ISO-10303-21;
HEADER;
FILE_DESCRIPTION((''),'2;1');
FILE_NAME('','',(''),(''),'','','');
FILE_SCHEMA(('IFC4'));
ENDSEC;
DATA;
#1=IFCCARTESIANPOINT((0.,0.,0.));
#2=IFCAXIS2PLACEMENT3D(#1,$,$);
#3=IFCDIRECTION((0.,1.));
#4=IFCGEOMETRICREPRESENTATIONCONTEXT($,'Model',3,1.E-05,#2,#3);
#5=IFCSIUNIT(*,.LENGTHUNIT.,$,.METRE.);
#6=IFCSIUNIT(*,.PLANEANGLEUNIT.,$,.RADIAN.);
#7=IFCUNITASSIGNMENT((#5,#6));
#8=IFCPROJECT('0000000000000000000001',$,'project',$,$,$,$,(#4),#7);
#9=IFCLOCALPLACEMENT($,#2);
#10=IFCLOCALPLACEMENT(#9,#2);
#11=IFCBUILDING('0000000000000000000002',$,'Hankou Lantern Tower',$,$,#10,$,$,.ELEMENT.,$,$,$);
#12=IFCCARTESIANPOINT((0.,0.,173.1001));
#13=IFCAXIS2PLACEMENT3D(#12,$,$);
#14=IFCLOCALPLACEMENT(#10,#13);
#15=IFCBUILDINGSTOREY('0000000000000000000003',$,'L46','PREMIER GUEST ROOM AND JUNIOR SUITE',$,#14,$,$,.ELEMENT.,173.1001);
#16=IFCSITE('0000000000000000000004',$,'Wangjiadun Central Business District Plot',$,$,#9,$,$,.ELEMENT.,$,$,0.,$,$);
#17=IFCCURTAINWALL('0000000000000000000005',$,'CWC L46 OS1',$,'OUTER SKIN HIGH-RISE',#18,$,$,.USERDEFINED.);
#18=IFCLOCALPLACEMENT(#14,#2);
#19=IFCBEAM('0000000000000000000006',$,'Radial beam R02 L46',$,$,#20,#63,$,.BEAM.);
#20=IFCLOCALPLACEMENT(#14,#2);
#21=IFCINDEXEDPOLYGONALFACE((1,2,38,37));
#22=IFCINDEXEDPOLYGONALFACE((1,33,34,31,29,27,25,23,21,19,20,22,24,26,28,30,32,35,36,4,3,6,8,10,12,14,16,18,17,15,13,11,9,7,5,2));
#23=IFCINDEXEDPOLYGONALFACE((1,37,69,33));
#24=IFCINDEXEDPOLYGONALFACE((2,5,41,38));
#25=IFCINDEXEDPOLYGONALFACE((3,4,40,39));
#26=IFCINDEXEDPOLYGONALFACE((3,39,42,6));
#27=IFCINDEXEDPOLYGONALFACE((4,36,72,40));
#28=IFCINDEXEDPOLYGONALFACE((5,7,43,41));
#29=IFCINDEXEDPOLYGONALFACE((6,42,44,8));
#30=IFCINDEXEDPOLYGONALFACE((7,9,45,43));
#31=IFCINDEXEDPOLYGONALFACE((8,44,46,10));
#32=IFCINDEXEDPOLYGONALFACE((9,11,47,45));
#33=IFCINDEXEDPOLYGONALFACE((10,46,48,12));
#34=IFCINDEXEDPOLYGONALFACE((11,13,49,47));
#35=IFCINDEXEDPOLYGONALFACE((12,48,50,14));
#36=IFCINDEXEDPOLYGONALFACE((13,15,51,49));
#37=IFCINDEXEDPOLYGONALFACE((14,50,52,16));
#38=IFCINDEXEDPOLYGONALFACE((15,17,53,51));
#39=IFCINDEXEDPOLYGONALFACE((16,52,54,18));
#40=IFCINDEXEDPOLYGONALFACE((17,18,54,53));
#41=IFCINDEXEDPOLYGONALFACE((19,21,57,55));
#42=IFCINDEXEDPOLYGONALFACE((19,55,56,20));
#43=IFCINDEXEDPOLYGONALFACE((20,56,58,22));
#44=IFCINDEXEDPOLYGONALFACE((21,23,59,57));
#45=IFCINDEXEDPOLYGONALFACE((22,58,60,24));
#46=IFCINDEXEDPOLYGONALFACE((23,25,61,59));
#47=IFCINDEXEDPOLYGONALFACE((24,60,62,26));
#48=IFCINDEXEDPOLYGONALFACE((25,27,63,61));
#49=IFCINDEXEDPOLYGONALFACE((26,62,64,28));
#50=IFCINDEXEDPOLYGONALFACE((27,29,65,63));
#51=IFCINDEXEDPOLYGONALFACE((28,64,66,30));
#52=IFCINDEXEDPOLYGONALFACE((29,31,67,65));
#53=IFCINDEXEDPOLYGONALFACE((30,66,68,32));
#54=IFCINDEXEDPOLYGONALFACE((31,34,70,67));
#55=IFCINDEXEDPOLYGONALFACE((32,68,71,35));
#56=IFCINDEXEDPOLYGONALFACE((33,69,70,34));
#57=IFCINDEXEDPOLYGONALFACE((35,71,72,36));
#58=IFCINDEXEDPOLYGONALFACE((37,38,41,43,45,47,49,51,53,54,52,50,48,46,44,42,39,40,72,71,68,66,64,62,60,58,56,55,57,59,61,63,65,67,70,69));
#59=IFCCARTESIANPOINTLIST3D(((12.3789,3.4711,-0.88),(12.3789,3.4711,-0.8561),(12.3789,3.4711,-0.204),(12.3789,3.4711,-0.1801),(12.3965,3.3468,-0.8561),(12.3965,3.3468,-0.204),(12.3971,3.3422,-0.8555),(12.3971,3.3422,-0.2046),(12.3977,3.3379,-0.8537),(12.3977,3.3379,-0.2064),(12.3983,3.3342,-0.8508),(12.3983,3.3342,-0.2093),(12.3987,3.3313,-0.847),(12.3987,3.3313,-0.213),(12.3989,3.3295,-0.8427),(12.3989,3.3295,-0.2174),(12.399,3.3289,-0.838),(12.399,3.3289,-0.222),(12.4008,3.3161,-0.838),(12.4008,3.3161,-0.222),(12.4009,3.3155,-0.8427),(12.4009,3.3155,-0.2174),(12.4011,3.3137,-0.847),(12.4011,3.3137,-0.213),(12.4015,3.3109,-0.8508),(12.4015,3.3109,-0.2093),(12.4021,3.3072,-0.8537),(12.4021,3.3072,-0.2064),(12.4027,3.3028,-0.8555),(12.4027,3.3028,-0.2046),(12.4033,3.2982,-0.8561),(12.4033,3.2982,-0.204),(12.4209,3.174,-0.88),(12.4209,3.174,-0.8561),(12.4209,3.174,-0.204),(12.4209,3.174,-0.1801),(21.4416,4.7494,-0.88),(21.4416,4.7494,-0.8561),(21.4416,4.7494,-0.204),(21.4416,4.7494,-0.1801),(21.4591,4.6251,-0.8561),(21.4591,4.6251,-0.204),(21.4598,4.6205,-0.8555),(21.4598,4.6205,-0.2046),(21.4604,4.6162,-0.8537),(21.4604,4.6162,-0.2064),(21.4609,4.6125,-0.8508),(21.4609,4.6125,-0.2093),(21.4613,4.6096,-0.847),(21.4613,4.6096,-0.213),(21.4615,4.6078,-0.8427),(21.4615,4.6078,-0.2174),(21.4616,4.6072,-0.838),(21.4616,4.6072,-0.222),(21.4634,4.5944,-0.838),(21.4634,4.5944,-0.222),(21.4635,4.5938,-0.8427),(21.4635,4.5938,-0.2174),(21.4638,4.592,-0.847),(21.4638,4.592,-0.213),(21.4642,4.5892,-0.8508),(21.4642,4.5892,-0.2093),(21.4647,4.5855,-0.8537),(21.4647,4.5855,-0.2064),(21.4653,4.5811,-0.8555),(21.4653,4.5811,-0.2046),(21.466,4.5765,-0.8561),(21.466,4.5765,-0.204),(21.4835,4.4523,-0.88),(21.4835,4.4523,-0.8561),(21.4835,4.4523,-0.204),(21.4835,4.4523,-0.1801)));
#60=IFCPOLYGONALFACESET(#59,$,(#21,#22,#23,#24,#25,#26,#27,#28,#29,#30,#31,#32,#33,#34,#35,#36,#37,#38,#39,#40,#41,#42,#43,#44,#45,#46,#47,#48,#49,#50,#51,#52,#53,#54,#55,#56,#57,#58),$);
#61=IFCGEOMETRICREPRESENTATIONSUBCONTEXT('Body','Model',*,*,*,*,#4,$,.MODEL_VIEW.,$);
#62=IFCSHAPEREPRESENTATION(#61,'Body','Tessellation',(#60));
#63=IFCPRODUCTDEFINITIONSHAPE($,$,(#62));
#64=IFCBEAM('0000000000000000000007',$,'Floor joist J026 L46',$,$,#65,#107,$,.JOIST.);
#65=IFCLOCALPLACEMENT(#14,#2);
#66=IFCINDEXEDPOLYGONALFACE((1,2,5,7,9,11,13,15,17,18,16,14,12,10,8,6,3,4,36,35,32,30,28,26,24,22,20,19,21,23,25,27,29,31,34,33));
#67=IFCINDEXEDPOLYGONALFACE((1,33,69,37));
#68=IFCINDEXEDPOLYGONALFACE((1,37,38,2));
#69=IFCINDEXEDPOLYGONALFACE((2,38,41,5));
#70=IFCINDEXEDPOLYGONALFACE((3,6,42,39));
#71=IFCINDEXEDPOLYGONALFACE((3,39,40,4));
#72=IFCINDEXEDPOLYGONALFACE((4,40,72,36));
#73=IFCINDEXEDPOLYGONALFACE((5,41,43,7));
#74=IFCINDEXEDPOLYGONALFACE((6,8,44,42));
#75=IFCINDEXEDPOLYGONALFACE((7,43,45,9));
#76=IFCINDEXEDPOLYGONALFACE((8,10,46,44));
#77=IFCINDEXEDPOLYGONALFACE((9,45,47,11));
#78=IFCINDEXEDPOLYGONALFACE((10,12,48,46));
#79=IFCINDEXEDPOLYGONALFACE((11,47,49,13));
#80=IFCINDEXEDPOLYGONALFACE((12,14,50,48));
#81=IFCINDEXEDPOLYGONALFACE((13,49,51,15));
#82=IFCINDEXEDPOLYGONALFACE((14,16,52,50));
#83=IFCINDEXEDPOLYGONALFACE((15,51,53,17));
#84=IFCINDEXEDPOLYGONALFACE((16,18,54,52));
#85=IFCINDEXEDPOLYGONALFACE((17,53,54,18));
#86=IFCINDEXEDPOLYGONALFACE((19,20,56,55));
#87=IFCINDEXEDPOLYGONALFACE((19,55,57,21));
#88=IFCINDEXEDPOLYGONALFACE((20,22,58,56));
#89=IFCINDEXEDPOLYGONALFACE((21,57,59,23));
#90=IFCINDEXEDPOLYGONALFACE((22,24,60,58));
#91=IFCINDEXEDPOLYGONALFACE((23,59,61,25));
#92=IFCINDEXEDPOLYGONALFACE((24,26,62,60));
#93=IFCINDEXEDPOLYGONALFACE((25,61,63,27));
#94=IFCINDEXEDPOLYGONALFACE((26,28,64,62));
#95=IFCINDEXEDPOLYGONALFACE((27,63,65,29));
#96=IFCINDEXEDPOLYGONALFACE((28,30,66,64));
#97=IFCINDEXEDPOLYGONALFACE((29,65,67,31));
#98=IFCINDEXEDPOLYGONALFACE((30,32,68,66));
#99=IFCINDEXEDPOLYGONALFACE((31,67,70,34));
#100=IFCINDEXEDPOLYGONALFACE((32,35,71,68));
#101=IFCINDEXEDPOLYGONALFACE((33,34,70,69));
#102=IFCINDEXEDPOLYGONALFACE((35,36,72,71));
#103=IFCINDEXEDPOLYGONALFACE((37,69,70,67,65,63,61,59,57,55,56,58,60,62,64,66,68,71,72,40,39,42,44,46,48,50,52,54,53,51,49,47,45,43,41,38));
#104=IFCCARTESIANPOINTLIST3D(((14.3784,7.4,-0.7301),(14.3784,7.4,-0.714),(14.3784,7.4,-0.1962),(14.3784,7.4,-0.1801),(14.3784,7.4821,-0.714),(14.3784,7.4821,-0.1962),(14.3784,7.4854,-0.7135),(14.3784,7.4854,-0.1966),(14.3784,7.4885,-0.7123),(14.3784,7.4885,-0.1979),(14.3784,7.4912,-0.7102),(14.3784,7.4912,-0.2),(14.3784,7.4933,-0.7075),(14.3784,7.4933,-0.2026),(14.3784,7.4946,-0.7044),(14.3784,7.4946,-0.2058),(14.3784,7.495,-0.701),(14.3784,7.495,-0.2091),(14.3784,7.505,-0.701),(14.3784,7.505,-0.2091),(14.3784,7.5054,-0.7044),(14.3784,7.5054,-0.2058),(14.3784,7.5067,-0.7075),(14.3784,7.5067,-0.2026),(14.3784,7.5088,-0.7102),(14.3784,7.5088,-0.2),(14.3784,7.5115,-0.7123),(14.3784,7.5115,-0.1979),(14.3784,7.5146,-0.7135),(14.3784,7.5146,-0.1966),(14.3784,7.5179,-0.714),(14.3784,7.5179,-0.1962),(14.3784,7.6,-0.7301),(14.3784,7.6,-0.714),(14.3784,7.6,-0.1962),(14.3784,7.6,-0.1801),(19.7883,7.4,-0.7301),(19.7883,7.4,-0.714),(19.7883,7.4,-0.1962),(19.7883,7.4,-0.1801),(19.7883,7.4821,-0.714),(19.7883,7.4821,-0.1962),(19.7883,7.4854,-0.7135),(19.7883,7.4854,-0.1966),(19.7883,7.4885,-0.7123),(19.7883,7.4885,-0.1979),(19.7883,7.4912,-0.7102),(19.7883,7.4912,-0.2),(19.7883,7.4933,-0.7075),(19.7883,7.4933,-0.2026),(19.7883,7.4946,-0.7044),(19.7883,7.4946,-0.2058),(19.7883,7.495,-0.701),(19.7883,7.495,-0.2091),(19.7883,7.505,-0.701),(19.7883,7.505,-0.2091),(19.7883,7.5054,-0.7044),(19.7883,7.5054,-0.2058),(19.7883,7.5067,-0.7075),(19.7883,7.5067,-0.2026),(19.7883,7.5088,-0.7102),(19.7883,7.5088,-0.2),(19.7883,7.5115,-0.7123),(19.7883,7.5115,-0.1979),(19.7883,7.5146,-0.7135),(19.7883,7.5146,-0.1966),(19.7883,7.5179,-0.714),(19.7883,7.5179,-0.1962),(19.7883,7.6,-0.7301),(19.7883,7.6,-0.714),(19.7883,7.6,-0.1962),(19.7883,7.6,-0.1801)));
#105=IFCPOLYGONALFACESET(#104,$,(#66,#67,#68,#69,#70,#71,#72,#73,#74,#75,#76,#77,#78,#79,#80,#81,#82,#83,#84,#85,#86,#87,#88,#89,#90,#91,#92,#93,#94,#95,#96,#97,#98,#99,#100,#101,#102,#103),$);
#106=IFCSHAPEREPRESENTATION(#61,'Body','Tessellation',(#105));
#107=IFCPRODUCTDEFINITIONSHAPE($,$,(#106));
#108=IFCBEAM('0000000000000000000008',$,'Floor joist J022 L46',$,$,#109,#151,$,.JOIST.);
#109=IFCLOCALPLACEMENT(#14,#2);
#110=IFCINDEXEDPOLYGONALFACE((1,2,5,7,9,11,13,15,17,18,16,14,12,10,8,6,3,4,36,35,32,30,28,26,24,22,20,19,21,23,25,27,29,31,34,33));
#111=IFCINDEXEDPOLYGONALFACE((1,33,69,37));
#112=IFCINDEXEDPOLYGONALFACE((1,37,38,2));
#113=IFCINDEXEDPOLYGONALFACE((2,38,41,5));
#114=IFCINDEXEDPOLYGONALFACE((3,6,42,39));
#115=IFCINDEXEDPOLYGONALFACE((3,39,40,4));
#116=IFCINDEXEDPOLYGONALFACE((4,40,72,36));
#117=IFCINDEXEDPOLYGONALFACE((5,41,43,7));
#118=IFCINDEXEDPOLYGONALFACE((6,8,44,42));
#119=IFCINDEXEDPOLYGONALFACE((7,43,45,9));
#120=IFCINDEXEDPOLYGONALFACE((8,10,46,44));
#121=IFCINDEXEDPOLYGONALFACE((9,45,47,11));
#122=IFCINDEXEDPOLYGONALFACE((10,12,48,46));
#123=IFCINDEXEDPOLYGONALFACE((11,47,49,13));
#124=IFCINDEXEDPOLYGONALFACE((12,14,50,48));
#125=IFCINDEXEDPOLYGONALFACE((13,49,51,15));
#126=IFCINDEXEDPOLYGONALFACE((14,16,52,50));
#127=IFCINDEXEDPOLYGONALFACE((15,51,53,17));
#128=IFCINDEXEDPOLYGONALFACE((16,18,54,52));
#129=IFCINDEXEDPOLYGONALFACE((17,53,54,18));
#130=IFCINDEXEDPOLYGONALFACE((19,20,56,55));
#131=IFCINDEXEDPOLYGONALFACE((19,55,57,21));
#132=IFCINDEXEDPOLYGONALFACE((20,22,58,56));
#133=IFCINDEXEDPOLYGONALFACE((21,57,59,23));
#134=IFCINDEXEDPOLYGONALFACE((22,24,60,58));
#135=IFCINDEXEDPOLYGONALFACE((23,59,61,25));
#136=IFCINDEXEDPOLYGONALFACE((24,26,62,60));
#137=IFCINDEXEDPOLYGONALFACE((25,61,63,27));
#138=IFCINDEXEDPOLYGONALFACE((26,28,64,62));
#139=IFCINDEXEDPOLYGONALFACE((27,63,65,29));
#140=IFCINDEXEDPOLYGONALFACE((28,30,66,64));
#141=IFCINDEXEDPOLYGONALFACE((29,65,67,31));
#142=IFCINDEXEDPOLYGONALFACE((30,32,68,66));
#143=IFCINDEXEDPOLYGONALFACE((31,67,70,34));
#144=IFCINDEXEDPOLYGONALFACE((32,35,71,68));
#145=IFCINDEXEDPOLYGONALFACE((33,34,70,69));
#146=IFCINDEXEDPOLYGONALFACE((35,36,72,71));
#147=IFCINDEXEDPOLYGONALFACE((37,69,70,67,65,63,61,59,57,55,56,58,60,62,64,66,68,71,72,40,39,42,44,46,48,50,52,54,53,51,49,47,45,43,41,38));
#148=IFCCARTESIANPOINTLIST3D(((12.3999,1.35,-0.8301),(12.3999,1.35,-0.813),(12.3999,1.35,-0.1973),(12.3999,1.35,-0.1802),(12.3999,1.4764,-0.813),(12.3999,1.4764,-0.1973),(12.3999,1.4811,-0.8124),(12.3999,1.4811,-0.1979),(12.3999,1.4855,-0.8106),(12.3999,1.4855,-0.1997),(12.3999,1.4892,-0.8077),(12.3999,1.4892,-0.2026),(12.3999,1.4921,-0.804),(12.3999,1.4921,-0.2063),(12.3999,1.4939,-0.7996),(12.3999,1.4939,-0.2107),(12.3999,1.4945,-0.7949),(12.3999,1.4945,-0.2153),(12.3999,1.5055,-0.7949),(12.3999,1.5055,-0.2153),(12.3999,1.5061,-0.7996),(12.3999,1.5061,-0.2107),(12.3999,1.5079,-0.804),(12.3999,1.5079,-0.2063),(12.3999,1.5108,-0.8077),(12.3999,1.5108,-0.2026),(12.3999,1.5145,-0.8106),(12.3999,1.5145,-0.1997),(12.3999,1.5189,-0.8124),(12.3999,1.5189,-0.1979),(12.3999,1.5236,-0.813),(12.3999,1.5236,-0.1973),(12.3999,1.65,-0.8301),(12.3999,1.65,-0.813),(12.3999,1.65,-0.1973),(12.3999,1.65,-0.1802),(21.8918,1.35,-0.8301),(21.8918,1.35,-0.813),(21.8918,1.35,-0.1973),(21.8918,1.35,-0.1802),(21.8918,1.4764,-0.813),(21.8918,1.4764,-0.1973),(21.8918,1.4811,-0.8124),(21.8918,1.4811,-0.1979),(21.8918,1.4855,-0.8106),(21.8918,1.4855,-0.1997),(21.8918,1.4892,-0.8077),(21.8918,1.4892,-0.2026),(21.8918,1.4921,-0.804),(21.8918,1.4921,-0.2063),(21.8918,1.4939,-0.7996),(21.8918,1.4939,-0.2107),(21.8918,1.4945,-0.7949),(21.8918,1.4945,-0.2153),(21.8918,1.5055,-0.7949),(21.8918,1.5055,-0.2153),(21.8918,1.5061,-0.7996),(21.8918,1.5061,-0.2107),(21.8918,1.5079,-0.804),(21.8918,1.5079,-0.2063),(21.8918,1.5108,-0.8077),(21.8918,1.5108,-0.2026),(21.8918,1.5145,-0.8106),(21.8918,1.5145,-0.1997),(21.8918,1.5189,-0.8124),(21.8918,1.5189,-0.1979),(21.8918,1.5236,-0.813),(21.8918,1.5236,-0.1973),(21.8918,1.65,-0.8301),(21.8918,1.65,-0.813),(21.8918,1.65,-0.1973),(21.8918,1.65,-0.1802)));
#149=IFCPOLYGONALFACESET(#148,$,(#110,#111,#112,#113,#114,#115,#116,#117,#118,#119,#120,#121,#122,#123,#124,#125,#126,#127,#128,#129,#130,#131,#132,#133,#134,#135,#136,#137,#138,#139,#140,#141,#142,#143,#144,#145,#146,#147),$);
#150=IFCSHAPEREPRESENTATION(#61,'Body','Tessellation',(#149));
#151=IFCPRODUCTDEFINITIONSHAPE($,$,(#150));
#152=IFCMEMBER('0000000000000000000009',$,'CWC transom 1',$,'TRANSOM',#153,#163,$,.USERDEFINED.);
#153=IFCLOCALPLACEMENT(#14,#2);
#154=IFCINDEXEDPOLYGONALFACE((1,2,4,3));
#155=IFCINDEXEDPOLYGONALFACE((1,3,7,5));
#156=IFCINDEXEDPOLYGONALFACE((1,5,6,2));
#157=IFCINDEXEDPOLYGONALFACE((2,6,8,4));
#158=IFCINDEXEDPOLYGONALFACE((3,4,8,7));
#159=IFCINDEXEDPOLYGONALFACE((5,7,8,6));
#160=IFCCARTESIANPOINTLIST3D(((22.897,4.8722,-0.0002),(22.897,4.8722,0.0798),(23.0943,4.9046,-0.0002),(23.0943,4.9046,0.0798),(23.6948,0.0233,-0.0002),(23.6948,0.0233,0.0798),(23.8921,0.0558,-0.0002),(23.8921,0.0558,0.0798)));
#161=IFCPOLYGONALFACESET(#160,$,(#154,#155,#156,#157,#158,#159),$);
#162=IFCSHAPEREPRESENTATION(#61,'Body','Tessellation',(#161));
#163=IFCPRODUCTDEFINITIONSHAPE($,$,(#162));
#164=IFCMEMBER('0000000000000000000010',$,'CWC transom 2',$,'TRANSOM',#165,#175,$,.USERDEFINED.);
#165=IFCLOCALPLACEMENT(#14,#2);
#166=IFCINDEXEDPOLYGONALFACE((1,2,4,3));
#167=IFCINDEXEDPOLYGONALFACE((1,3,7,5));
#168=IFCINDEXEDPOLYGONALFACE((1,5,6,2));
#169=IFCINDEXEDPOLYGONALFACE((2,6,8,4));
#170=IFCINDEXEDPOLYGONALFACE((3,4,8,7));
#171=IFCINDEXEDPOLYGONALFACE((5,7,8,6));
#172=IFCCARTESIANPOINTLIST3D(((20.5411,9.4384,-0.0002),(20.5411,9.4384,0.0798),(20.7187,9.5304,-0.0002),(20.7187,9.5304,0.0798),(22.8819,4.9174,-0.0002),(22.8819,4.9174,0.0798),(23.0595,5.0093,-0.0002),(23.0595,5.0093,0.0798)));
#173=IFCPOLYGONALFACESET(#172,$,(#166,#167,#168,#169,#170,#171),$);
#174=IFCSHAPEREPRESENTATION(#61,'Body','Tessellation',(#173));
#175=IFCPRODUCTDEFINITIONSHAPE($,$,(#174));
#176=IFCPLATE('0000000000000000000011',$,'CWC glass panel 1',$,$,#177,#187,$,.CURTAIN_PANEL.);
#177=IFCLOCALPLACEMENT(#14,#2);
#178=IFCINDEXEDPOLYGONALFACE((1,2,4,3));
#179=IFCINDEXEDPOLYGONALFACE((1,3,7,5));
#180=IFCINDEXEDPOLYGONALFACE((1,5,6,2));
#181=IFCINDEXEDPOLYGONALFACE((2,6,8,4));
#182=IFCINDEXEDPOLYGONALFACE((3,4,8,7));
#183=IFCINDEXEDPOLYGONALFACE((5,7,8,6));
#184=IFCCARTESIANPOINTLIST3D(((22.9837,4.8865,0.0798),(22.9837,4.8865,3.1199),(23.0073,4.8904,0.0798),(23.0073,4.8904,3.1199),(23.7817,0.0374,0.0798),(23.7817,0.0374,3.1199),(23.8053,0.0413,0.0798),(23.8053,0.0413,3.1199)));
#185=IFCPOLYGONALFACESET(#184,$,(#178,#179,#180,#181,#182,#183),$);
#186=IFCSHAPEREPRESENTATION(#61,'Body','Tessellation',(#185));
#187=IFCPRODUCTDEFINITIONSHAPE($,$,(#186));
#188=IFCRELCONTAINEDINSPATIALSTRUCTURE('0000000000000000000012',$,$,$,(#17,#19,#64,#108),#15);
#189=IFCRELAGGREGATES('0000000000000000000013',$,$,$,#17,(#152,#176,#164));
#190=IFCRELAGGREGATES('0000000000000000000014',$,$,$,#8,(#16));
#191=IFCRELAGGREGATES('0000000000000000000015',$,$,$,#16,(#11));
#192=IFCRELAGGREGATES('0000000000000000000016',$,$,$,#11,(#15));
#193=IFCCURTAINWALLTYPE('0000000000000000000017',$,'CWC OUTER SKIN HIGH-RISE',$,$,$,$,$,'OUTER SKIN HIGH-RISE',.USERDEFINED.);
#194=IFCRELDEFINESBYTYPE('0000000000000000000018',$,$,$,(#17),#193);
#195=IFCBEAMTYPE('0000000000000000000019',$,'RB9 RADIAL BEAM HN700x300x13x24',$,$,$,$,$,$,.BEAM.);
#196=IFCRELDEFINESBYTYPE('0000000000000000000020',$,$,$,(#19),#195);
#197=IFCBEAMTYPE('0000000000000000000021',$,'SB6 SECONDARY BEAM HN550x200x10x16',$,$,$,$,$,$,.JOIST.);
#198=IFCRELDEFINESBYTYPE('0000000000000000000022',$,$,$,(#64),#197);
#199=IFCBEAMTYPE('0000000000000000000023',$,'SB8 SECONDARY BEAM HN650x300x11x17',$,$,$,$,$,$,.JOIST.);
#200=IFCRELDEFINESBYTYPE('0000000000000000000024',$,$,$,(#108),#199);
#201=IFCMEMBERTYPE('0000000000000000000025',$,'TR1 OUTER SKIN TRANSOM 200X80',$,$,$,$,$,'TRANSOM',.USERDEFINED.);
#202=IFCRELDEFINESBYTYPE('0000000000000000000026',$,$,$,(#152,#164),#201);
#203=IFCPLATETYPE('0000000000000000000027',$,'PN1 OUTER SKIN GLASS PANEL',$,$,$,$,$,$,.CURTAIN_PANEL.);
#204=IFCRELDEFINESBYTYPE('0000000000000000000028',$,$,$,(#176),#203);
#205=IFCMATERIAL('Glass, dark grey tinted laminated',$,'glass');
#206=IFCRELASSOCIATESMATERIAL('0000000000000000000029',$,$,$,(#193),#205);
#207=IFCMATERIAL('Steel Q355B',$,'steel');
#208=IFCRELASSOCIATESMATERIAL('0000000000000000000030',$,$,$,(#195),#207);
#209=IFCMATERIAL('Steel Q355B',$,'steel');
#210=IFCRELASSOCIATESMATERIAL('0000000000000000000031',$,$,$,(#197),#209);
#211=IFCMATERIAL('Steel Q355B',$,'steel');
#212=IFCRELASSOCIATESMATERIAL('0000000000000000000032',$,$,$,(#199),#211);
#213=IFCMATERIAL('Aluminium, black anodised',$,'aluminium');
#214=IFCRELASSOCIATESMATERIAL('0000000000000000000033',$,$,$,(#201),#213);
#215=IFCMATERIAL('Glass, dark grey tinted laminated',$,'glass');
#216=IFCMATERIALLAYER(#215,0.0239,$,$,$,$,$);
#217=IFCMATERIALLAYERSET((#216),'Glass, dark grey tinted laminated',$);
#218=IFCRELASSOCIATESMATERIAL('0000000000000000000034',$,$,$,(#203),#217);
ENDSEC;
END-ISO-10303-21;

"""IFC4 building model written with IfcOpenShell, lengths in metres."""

from ifc_helpers import new_model, si_unit, direction, frame, origin, origin_2d, place, context, subcontext, project, spatial, rectangle, i_section, extrude, material, layer, layer_set, material_profile, profile_set, type_object, element, aggregate, save


model = new_model("IFC4")

# Units and contexts
model_context = context("Model", 3, precision=1e-05, world=origin(), true_north=direction((0.0, 1.0)))
body_context = subcontext(model_context, "Body", "Model", "MODEL_VIEW")
ifc_project = project(units=[si_unit("LENGTHUNIT", "METRE"), si_unit("PLANEANGLEUNIT", "RADIAN")], contexts=[model_context])

# Site, building, storey
site_placement = place(None, origin())
site = spatial("IfcSite", under=ifc_project, at=site_placement, Name="Wangjiadun Central Business District Plot", CompositionType="ELEMENT", RefElevation=0.0)
building_placement = place(site_placement, origin())
building = spatial("IfcBuilding", under=site, at=building_placement, Name="Hankou Lantern Tower", CompositionType="ELEMENT")
storey_placement = place(building_placement, frame((0.0, 0.0, 173.1001)))
storey = spatial("IfcBuildingStorey", under=building, at=storey_placement, Name="L46", Description="PREMIER GUEST ROOM AND JUNIOR SUITE", CompositionType="ELEMENT", Elevation=173.1001)

# Curtain wall
ifc_material_1 = material(Name="Glass, dark grey tinted laminated", Category="glass")
curtain_wall_type = type_object("IfcCurtainWallType", Name="CWC OUTER SKIN HIGH-RISE", ElementType="OUTER SKIN HIGH-RISE", PredefinedType="USERDEFINED", material=ifc_material_1)
curtain_wall_placement = place(storey_placement, origin())
curtain_wall = element("IfcCurtainWall", 1, at=curtain_wall_placement, inside=storey, type_object=curtain_wall_type, Name="CWC L46 OS1", ObjectType="OUTER SKIN HIGH-RISE", PredefinedType="USERDEFINED")

# Beams
ifc_material_2 = material(Name="Steel Q355B", Category="steel")
ifc_material_profile_1 = material_profile(ifc_material_2, i_section(OverallWidth=0.3, OverallDepth=0.7, WebThickness=0.0129, FlangeThickness=0.0239, FilletRadius=0.0181, at=origin_2d()), Name="HN700x300x13x24")
ifc_profile_set_1 = profile_set([ifc_material_profile_1], Name="Steel Q355B")
beam_type_1 = type_object("IfcBeamType", Name="RB9 RADIAL BEAM HN700x300x13x24", PredefinedType="BEAM", material=ifc_profile_set_1)
beam_1_placement = place(storey_placement, frame((12.3999, 3.3225, -0.53), z_axis=(0.990198, 0.13967, 0.0), x_axis=(-0.13967, 0.990198, 0.0)))
element("IfcBeam", 2, at=beam_1_placement, inside=storey, type_object=beam_type_1, Name="Radial beam R02 L46", PredefinedType="BEAM", context=body_context, shape_type="SweptSolid", body=[
    extrude(i_section(OverallWidth=0.3, OverallDepth=0.7, WebThickness=0.0129, FlangeThickness=0.0239, FilletRadius=0.0181, at=origin_2d()), origin(), (0.0, 0.0, 1.0), 9.1523),
])
ifc_material_3 = material(Name="Steel Q355B", Category="steel")
ifc_material_profile_2 = material_profile(ifc_material_3, i_section(OverallWidth=0.2, OverallDepth=0.55, WebThickness=0.01, FlangeThickness=0.0161, FilletRadius=0.0129, at=origin_2d()), Name="HN550x200x10x16")
ifc_profile_set_2 = profile_set([ifc_material_profile_2], Name="Steel Q355B")
beam_type_2 = type_object("IfcBeamType", Name="SB6 SECONDARY BEAM HN550x200x10x16", PredefinedType="JOIST", material=ifc_profile_set_2)
beam_2_placement = place(storey_placement, frame((14.3784, 7.5, -0.4551), z_axis=(1.0, 0.0, 0.0), x_axis=(0.0, 1.0, 0.0)))
element("IfcBeam", 3, at=beam_2_placement, inside=storey, type_object=beam_type_2, Name="Floor joist J026 L46", PredefinedType="JOIST", context=body_context, shape_type="SweptSolid", body=[
    extrude(i_section(OverallWidth=0.2, OverallDepth=0.55, WebThickness=0.01, FlangeThickness=0.0161, FilletRadius=0.0129, at=origin_2d()), origin(), (0.0, 0.0, 1.0), 5.4099),
])
ifc_material_4 = material(Name="Steel Q355B", Category="steel")
ifc_material_profile_3 = material_profile(ifc_material_4, i_section(OverallWidth=0.3, OverallDepth=0.6499, WebThickness=0.011, FlangeThickness=0.0171, FilletRadius=0.0181, at=origin_2d()), Name="HN650x300x11x17")
ifc_profile_set_3 = profile_set([ifc_material_profile_3], Name="Steel Q355B")
beam_type_3 = type_object("IfcBeamType", Name="SB8 SECONDARY BEAM HN650x300x11x17", PredefinedType="JOIST", material=ifc_profile_set_3)
beam_3_placement = place(storey_placement, frame((12.3999, 1.5, -0.5051), z_axis=(1.0, 0.0, 0.0), x_axis=(0.0, 1.0, 0.0)))
element("IfcBeam", 4, at=beam_3_placement, inside=storey, type_object=beam_type_3, Name="Floor joist J022 L46", PredefinedType="JOIST", context=body_context, shape_type="SweptSolid", body=[
    extrude(i_section(OverallWidth=0.3, OverallDepth=0.6499, WebThickness=0.011, FlangeThickness=0.0171, FilletRadius=0.0181, at=origin_2d()), origin(), (0.0, 0.0, 1.0), 9.4919),
])

# Members
ifc_material_5 = material(Name="Aluminium, black anodised", Category="aluminium")
ifc_material_profile_4 = material_profile(ifc_material_5, rectangle(XDim=0.2, YDim=0.0801, at=origin_2d()), Name="TR1 200X80")
ifc_profile_set_4 = profile_set([ifc_material_profile_4], Name="Aluminium, black anodised")
member_type_1 = type_object("IfcMemberType", Name="TR1 OUTER SKIN TRANSOM 200X80", ElementType="TRANSOM", PredefinedType="USERDEFINED", material=ifc_profile_set_4)
member_1_placement = place(storey_placement, frame((23.7935, 0.0396, 0.0398), z_axis=(-0.16236, 0.986732, 0.0), x_axis=(-0.986732, -0.16236, 0.0)))
member_1 = element("IfcMember", 5, at=member_1_placement, type_object=member_type_1, Name="CWC transom 1", ObjectType="TRANSOM", PredefinedType="USERDEFINED", context=body_context, shape_type="SweptSolid", body=[
    extrude(rectangle(XDim=0.2, YDim=0.0801, at=origin_2d()), origin(), (0.0, 0.0, 1.0), 4.9141),
])
member_2_placement = place(storey_placement, frame((22.9707, 4.9634, 0.0398), z_axis=(-0.459791, 0.888027, 0.0), x_axis=(-0.888027, -0.459791, 0.0)))
member_2 = element("IfcMember", 6, at=member_2_placement, type_object=member_type_1, Name="CWC transom 2", ObjectType="TRANSOM", PredefinedType="USERDEFINED", context=body_context, shape_type="SweptSolid", body=[
    extrude(rectangle(XDim=0.2, YDim=0.0801, at=origin_2d()), origin(), (0.0, 0.0, 1.0), 5.0911),
])

# Plate
ifc_material_6 = material(Name="Glass, dark grey tinted laminated", Category="glass")
ifc_layer_1 = layer(ifc_material_6, 0.0239)
ifc_layer_set_1 = layer_set([ifc_layer_1], Name="Glass, dark grey tinted laminated")
plate_type = type_object("IfcPlateType", Name="PN1 OUTER SKIN GLASS PANEL", PredefinedType="CURTAIN_PANEL", material=ifc_layer_set_1)
plate_1_placement = place(storey_placement, frame((23.3945, 2.4639, 0.0798), z_axis=(0.0, 0.0, 1.0), x_axis=(-0.162382, 0.986728, 0.0)))
plate_1 = element("IfcPlate", 7, at=plate_1_placement, type_object=plate_type, Name="CWC glass panel 1", PredefinedType="CURTAIN_PANEL", context=body_context, shape_type="SweptSolid", body=[
    extrude(rectangle(XDim=4.9143, YDim=0.0239, at=origin_2d()), origin(), (0.0, 0.0, 1.0), 3.04),
])
aggregate(curtain_wall, [member_1, plate_1, member_2])

save(model, "model.ifc")
